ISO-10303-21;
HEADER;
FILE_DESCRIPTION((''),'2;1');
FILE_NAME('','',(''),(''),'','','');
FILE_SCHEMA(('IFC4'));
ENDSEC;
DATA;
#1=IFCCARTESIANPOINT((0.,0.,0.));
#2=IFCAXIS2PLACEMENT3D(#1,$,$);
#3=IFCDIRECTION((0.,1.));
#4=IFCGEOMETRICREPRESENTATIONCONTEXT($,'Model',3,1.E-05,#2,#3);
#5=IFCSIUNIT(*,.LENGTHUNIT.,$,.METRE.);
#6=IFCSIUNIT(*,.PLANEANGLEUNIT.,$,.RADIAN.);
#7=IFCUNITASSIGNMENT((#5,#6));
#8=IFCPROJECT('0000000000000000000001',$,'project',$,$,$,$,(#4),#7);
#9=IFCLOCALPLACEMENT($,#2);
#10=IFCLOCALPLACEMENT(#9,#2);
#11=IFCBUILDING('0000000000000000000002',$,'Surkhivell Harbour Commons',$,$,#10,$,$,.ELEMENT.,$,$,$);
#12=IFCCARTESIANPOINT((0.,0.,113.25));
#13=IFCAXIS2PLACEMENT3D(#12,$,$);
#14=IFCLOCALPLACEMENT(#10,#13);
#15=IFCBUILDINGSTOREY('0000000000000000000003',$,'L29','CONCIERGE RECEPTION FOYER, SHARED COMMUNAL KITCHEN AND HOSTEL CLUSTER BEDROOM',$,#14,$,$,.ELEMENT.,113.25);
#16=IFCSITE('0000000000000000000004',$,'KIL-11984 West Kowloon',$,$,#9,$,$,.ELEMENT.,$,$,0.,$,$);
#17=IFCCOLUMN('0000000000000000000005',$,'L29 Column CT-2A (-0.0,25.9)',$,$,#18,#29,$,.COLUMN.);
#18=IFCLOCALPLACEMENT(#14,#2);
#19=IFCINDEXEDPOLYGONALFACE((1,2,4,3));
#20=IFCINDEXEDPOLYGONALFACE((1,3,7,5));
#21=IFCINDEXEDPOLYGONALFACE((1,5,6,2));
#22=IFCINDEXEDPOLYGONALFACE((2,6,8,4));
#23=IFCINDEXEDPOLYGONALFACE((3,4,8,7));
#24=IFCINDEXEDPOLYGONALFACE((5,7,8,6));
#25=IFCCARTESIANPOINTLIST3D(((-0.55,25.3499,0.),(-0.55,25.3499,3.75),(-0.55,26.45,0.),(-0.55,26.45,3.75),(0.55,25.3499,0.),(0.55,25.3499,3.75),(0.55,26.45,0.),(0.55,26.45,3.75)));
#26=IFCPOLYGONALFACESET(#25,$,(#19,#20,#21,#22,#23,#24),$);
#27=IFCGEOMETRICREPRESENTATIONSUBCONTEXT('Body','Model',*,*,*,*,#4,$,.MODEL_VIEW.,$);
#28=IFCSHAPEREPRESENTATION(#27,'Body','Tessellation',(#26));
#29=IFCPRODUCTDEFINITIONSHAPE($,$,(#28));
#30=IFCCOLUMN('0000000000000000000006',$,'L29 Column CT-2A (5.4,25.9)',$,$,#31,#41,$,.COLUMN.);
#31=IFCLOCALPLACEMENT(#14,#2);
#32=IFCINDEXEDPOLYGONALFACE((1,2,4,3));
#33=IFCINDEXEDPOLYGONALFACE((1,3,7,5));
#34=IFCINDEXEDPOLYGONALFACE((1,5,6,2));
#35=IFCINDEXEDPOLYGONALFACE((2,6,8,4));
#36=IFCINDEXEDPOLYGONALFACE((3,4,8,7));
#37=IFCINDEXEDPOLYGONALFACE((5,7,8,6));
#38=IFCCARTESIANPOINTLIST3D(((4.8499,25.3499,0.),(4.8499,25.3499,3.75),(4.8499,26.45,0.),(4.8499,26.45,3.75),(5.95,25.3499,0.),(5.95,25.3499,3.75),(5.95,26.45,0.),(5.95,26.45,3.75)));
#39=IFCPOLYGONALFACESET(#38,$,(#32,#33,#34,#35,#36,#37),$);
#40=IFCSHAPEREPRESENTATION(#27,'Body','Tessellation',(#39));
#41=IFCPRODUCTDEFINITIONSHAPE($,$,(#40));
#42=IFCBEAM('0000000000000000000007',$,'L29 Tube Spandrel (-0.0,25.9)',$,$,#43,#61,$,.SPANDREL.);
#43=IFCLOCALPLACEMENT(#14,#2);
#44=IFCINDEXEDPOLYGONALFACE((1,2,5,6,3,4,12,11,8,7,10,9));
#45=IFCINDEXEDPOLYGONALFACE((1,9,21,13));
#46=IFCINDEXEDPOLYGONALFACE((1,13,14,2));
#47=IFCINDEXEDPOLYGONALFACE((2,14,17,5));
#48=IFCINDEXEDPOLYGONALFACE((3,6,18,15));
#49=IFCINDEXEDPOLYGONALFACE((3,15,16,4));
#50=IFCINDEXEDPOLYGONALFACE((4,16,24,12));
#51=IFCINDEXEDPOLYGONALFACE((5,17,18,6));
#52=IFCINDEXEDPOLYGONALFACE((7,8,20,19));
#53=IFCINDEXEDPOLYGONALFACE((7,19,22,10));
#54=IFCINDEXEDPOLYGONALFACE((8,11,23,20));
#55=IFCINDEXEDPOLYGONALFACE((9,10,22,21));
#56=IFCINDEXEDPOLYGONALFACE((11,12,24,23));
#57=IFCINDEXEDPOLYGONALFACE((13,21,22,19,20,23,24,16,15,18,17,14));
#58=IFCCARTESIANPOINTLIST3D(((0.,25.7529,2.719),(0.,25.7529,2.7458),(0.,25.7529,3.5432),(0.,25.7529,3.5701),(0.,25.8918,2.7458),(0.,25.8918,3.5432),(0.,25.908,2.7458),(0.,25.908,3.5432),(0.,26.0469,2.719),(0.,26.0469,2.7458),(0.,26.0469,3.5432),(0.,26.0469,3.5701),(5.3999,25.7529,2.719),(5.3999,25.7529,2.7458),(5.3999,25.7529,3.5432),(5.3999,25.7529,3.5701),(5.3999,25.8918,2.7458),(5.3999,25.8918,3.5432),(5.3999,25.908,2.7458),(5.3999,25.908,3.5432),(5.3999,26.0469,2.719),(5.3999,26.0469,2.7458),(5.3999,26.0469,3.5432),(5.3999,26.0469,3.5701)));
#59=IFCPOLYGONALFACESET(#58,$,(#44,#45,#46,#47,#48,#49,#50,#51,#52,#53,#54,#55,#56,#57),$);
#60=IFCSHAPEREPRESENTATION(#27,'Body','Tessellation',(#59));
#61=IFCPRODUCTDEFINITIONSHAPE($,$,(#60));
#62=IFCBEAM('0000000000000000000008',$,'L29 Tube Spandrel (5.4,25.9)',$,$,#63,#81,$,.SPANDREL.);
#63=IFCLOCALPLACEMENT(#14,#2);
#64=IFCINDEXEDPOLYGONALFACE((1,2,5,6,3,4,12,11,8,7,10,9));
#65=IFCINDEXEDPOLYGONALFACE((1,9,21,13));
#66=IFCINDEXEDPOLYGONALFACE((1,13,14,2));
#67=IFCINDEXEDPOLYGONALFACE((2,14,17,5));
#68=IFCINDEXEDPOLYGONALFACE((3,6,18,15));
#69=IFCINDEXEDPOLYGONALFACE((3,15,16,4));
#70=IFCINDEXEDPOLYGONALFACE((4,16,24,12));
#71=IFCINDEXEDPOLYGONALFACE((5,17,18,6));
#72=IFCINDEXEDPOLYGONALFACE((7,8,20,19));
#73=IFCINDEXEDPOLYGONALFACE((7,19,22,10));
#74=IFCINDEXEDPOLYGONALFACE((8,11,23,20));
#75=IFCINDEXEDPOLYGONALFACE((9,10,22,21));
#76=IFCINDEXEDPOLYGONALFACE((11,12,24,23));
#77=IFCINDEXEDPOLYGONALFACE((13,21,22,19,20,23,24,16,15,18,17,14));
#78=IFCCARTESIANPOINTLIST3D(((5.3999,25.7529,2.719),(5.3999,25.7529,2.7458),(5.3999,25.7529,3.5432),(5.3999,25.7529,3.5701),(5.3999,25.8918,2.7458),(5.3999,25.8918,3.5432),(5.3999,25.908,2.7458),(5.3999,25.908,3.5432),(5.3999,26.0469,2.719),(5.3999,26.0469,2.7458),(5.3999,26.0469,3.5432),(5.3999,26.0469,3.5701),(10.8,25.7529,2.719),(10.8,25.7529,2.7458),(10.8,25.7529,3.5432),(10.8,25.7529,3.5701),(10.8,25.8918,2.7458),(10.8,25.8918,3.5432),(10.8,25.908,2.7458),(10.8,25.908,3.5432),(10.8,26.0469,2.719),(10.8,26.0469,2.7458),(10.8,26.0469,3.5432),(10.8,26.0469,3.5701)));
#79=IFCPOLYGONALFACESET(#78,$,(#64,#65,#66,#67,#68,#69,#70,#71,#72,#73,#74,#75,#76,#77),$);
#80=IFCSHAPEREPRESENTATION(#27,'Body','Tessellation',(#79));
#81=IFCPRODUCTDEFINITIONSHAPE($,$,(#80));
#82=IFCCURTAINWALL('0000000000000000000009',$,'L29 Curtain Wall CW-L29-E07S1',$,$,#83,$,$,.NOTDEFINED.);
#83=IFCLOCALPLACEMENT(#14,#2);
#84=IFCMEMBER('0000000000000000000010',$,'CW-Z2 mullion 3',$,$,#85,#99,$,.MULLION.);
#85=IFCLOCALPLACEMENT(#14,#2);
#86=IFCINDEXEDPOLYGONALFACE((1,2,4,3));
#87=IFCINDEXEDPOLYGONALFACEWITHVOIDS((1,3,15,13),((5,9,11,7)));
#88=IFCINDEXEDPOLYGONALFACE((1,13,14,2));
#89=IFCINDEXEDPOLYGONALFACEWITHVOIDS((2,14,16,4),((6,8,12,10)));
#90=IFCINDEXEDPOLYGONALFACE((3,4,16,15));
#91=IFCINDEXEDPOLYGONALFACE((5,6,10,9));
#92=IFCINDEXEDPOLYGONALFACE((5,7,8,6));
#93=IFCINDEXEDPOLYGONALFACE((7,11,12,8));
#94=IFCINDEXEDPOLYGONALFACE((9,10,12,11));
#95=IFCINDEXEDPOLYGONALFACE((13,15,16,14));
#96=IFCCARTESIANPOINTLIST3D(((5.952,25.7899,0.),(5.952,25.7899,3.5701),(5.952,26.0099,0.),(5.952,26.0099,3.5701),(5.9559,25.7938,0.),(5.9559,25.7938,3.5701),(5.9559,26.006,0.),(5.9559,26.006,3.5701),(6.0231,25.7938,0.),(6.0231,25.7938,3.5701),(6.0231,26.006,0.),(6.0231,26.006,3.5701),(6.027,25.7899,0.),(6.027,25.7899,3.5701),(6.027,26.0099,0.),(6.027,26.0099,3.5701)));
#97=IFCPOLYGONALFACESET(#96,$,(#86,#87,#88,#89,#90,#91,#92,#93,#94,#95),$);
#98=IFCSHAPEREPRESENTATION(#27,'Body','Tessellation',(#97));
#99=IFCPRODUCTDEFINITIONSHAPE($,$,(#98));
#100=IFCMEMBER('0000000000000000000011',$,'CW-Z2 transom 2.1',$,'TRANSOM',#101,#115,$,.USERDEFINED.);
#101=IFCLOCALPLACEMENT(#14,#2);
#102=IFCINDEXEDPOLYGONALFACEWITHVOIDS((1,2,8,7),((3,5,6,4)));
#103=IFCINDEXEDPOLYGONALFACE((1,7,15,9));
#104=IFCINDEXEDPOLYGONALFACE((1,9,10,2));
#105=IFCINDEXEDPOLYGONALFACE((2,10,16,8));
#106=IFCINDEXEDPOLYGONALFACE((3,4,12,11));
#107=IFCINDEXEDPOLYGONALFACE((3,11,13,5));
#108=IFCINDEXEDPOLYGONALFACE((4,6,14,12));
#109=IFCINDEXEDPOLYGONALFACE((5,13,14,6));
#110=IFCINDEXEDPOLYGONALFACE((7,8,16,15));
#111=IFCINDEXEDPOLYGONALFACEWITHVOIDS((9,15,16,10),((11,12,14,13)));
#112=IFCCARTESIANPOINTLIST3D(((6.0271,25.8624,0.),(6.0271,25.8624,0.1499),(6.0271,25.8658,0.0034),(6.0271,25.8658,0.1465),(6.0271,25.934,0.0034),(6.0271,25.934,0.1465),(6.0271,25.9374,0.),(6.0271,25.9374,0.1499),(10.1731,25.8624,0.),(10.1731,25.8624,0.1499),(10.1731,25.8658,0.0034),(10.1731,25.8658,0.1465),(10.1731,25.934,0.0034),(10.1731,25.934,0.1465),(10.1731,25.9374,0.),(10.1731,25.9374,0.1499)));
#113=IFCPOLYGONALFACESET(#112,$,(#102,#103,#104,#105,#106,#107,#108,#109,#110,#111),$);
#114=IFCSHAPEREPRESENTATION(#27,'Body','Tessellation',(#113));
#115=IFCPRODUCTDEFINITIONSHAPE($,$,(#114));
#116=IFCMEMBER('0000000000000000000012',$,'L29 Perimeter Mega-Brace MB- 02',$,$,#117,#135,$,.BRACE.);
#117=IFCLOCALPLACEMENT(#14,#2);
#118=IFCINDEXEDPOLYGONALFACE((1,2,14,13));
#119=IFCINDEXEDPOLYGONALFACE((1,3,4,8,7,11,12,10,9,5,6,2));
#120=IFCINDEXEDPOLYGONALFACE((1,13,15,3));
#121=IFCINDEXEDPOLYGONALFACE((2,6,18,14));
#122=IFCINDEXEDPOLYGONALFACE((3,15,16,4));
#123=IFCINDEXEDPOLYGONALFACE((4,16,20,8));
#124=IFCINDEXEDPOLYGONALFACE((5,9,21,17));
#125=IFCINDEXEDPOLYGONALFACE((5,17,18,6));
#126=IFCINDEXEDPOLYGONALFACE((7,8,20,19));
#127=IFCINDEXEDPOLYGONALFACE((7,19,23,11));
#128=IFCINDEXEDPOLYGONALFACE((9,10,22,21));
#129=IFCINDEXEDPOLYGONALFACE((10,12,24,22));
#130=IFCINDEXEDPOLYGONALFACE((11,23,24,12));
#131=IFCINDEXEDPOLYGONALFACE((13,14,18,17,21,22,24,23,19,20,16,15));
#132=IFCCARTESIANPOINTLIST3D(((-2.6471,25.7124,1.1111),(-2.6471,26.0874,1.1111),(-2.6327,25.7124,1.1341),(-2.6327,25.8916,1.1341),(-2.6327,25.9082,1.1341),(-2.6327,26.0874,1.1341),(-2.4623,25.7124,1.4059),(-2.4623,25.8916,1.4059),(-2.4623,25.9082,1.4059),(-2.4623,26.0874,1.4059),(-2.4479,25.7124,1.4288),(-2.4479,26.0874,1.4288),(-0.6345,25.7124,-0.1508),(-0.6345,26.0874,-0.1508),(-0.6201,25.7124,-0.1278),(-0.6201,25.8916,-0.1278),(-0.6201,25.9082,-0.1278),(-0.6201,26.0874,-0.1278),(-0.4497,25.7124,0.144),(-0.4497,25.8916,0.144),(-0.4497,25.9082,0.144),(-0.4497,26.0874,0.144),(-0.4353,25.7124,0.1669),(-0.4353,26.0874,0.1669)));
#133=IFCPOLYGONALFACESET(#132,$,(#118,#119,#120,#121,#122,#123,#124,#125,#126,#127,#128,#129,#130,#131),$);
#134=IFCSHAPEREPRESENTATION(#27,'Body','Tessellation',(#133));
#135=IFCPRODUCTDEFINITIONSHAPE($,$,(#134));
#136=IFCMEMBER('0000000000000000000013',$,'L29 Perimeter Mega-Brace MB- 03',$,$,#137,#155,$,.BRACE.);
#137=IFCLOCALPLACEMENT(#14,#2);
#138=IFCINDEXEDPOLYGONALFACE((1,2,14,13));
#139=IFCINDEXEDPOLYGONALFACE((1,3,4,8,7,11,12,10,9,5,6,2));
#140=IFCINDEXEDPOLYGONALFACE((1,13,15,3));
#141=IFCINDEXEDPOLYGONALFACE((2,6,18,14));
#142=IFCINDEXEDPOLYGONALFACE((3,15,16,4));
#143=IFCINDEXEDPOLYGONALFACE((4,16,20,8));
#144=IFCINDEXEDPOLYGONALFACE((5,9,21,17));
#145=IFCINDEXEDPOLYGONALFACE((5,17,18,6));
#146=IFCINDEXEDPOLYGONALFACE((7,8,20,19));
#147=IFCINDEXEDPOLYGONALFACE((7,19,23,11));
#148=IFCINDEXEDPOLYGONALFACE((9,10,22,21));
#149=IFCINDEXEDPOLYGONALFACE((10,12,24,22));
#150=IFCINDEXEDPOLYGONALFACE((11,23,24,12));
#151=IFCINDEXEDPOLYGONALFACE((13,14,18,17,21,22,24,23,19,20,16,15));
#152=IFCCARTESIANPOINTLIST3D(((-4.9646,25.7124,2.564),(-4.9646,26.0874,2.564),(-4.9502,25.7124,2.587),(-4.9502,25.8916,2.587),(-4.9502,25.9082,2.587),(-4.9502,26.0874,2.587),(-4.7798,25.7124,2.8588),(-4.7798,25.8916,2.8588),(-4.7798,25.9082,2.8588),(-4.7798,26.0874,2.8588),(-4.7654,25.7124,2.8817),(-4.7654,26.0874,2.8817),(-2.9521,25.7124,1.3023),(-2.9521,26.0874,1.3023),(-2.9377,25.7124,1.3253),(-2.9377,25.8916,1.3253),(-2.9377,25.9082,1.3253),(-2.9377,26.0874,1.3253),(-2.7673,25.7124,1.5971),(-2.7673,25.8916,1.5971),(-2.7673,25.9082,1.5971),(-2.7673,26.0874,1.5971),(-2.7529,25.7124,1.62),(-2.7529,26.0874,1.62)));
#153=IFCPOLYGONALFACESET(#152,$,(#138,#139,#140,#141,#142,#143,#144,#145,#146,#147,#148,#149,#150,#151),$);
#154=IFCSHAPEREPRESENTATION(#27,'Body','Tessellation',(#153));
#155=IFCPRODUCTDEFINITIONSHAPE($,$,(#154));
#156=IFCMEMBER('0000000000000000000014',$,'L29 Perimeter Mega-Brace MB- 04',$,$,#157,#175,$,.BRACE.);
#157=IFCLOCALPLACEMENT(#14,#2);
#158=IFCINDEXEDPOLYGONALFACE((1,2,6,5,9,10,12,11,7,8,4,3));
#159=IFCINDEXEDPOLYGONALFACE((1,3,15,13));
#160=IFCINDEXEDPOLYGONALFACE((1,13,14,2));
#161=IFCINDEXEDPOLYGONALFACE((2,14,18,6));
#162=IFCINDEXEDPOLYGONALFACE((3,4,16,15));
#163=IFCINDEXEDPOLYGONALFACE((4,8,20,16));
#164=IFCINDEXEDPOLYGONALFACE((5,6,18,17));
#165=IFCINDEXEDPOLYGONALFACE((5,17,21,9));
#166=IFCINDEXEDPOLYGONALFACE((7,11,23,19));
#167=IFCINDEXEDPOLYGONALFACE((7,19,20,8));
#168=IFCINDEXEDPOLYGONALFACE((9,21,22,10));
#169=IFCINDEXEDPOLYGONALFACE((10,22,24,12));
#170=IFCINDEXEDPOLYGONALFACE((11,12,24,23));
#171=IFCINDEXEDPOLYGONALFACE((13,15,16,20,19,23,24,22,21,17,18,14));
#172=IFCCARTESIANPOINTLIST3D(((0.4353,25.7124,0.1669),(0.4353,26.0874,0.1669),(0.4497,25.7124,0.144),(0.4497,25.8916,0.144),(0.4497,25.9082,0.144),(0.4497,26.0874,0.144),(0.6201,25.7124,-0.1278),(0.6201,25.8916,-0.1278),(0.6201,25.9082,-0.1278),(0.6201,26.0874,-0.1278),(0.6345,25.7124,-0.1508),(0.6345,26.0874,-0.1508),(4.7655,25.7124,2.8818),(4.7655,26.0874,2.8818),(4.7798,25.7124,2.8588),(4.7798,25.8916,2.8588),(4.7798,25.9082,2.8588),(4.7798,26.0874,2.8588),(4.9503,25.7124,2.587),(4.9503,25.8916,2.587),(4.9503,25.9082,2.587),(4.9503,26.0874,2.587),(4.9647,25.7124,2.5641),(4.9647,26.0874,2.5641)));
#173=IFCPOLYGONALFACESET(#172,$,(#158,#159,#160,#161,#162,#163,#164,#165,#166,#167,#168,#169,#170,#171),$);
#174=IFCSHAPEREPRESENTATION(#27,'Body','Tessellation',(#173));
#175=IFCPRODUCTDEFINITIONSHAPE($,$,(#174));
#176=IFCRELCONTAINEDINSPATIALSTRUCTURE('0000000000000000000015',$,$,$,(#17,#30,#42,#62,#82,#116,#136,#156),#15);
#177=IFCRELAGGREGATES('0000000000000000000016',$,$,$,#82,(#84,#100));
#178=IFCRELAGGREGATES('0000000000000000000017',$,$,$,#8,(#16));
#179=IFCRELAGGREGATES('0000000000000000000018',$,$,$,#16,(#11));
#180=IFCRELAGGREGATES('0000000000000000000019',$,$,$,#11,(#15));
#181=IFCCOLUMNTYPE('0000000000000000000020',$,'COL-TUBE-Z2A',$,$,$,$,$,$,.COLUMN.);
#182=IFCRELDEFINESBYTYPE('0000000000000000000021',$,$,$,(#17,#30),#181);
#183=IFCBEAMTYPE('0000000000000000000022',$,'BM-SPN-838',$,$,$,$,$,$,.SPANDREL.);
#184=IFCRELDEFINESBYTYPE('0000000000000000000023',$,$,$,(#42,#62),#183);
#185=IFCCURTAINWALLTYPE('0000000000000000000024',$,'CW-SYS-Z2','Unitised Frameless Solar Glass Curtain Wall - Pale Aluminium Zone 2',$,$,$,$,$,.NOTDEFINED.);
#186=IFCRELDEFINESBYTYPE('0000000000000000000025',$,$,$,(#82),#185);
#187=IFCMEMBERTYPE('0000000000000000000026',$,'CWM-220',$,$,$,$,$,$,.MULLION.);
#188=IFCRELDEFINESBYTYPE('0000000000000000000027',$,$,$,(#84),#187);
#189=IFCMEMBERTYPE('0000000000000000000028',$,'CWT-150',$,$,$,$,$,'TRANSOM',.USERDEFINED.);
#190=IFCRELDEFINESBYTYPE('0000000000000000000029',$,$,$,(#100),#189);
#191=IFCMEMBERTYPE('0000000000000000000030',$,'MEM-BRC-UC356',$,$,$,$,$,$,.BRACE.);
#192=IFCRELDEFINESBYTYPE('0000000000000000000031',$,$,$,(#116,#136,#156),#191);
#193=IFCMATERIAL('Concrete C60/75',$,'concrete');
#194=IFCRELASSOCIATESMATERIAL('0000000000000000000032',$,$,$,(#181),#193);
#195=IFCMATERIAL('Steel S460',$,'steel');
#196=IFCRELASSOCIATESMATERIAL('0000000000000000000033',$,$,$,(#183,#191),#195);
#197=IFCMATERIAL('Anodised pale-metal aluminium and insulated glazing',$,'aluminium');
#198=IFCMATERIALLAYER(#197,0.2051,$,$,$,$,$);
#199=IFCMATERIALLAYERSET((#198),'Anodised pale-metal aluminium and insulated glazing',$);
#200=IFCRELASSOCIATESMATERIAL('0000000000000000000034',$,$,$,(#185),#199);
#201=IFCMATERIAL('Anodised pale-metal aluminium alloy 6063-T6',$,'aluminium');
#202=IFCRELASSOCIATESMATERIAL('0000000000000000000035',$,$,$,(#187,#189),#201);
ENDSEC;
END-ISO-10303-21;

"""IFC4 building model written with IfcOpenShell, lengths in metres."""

from ifc_helpers import new_model, si_unit, direction, frame, origin, origin_2d, place, context, subcontext, project, spatial, rectangle, hollow_rectangle, i_section, extrude, material, layer, layer_set, material_profile, profile_set, type_object, element, aggregate, save


model = new_model("IFC4")

# Units and contexts
model_context = context("Model", 3, precision=1e-05, world=origin(), true_north=direction((0.0, 1.0)))
body_context = subcontext(model_context, "Body", "Model", "MODEL_VIEW")
ifc_project = project(units=[si_unit("LENGTHUNIT", "METRE"), si_unit("PLANEANGLEUNIT", "RADIAN")], contexts=[model_context])

# Site, building, storey
site_placement = place(None, origin())
site = spatial("IfcSite", under=ifc_project, at=site_placement, Name="KIL-11984 West Kowloon", CompositionType="ELEMENT", RefElevation=0.0)
building_placement = place(site_placement, origin())
building = spatial("IfcBuilding", under=site, at=building_placement, Name="Surkhivell Harbour Commons", CompositionType="ELEMENT")
storey_placement = place(building_placement, frame((0.0, 0.0, 113.25)))
storey = spatial("IfcBuildingStorey", under=building, at=storey_placement, Name="L29", Description="CONCIERGE RECEPTION FOYER, SHARED COMMUNAL KITCHEN AND HOSTEL CLUSTER BEDROOM", CompositionType="ELEMENT", Elevation=113.25)

# Columns
ifc_material_1 = material(Name="Concrete C60/75", Category="concrete")
ifc_material_profile_1 = material_profile(ifc_material_1, rectangle(XDim=1.1001, YDim=1.1001, at=origin_2d()), Name="RC-COL-1100x1100")
ifc_profile_set_1 = profile_set([ifc_material_profile_1], Name="Concrete C60/75")
column_type = type_object("IfcColumnType", Name="COL-TUBE-Z2A", PredefinedType="COLUMN", material=ifc_profile_set_1)
for number, where, z_axis, x_axis, name in (
    (1, (0.0, 25.8999, 0.0), (0.0, 0.0, 1.0), (1.0, 0.0, 0.0), "L29 Column CT-2A (-0.0,25.9)"),
    (2, (5.3999, 25.8999, 0.0), (0.0, 0.0, 1.0), (1.0, 0.0, 0.0), "L29 Column CT-2A (5.4,25.9)"),
):
    element("IfcColumn", number, at=place(storey_placement, frame(where, z_axis=z_axis, x_axis=x_axis)), inside=storey, type_object=column_type, Name=name, PredefinedType="COLUMN", context=body_context, shape_type="SweptSolid", body=[
        extrude(rectangle(XDim=1.1001, YDim=1.1001, at=origin_2d()), origin(), (0.0, 0.0, 1.0), 3.75),
    ])

# Beams
ifc_material_2 = material(Name="Steel S460", Category="steel")
ifc_material_profile_2 = material_profile(ifc_material_2, i_section(OverallWidth=0.2939, OverallDepth=0.8511, WebThickness=0.0161, FlangeThickness=0.0269, at=origin_2d()), Name="UB838x292x226")
ifc_profile_set_2 = profile_set([ifc_material_profile_2], Name="Steel S460")
beam_type = type_object("IfcBeamType", Name="BM-SPN-838", PredefinedType="SPANDREL", material=ifc_profile_set_2)
beam_1_placement = place(storey_placement, frame((0.0, 25.8999, 3.1445), z_axis=(1.0, 0.0, 0.0), x_axis=(0.0, 1.0, 0.0)))
element("IfcBeam", 3, at=beam_1_placement, inside=storey, type_object=beam_type, Name="L29 Tube Spandrel (-0.0,25.9)", PredefinedType="SPANDREL", context=body_context, shape_type="SweptSolid", body=[
    extrude(i_section(OverallWidth=0.2939, OverallDepth=0.8511, WebThickness=0.0161, FlangeThickness=0.0269, at=origin_2d()), origin(), (0.0, 0.0, 1.0), 5.3999),
])
beam_2_placement = place(storey_placement, frame((5.3999, 25.8999, 3.1445), z_axis=(1.0, 0.0, 0.0), x_axis=(0.0, 1.0, 0.0)))
element("IfcBeam", 4, at=beam_2_placement, inside=storey, type_object=beam_type, Name="L29 Tube Spandrel (5.4,25.9)", PredefinedType="SPANDREL", context=body_context, shape_type="SweptSolid", body=[
    extrude(i_section(OverallWidth=0.2939, OverallDepth=0.8511, WebThickness=0.0161, FlangeThickness=0.0269, at=origin_2d()), origin(), (0.0, 0.0, 1.0), 5.4001),
])

# Curtain wall, members
ifc_material_3 = material(Name="Anodised pale-metal aluminium and insulated glazing", Category="aluminium")
ifc_layer_1 = layer(ifc_material_3, 0.2051)
ifc_layer_set_1 = layer_set([ifc_layer_1], Name="Anodised pale-metal aluminium and insulated glazing")
curtain_wall_type = type_object("IfcCurtainWallType", Name="CW-SYS-Z2", Description="Unitised Frameless Solar Glass Curtain Wall - Pale Aluminium Zone 2", PredefinedType="NOTDEFINED", material=ifc_layer_set_1)
curtain_wall_placement = place(storey_placement, origin())
curtain_wall = element("IfcCurtainWall", 5, at=curtain_wall_placement, inside=storey, type_object=curtain_wall_type, Name="L29 Curtain Wall CW-L29-E07S1", PredefinedType="NOTDEFINED")
ifc_material_4 = material(Name="Anodised pale-metal aluminium alloy 6063-T6", Category="aluminium")
ifc_material_profile_3 = material_profile(ifc_material_4, hollow_rectangle(XDim=0.075, YDim=0.22, WallThickness=0.0039, at=origin_2d()), Name="ALU-MULL-75x220")
ifc_profile_set_3 = profile_set([ifc_material_profile_3], Name="Anodised pale-metal aluminium alloy 6063-T6")
member_type_1 = type_object("IfcMemberType", Name="CWM-220", PredefinedType="MULLION", material=ifc_profile_set_3)
member_1_placement = place(storey_placement, frame((5.9895, 25.8999, 0.0), z_axis=(0.0, 0.0, 1.0), x_axis=(-1.0, 0.0, 0.0)))
member_1 = element("IfcMember", 6, at=member_1_placement, type_object=member_type_1, Name="CW-Z2 mullion 3", PredefinedType="MULLION", context=body_context, shape_type="SweptSolid", body=[
    extrude(hollow_rectangle(XDim=0.075, YDim=0.22, WallThickness=0.0039, at=origin_2d()), origin(), (0.0, 0.0, 1.0), 3.5701),
])
ifc_material_profile_4 = material_profile(ifc_material_4, hollow_rectangle(XDim=0.075, YDim=0.1499, WallThickness=0.0034, at=origin_2d()), Name="ALU-TRAN-75x150")
ifc_profile_set_4 = profile_set([ifc_material_profile_4], Name="Anodised pale-metal aluminium alloy 6063-T6")
member_type_2 = type_object("IfcMemberType", Name="CWT-150", ElementType="TRANSOM", PredefinedType="USERDEFINED", material=ifc_profile_set_4)
member_2_placement = place(storey_placement, frame((10.1731, 25.8999, 0.075), z_axis=(-1.0, 0.0, 0.0), x_axis=(0.0, -1.0, 0.0)))
member_2 = element("IfcMember", 7, at=member_2_placement, type_object=member_type_2, Name="CW-Z2 transom 2.1", ObjectType="TRANSOM", PredefinedType="USERDEFINED", context=body_context, shape_type="SweptSolid", body=[
    extrude(hollow_rectangle(XDim=0.075, YDim=0.1499, WallThickness=0.0034, at=origin_2d()), origin(), (0.0, 0.0, 1.0), 4.146),
])
aggregate(curtain_wall, [member_1, member_2])

# Members
ifc_material_profile_5 = material_profile(ifc_material_2, i_section(OverallWidth=0.375, OverallDepth=0.375, WebThickness=0.0166, FlangeThickness=0.0271, at=origin_2d()), Name="UC356x368x202")
ifc_profile_set_5 = profile_set([ifc_material_profile_5], Name="Steel S460")
member_type_3 = type_object("IfcMemberType", Name="MEM-BRC-UC356", PredefinedType="BRACE", material=ifc_profile_set_5)
member_3_placement = place(storey_placement, frame((-0.5349, 25.8999, 0.0081), z_axis=(-0.847235, 0.0, 0.531218), x_axis=(0.0, -1.0, 0.0)))
element("IfcMember", 8, at=member_3_placement, inside=storey, type_object=member_type_3, Name="L29 Perimeter Mega-Brace MB- 02", PredefinedType="BRACE", context=body_context, shape_type="SweptSolid", body=[
    extrude(i_section(OverallWidth=0.375, OverallDepth=0.375, WebThickness=0.0166, FlangeThickness=0.0271, at=origin_2d()), origin(), (0.0, 0.0, 1.0), 2.3755),
])
member_4_placement = place(storey_placement, frame((-2.8525, 25.8999, 1.4612), z_axis=(-0.847253, 0.0, 0.53119), x_axis=(0.0, -1.0, 0.0)))
element("IfcMember", 9, at=member_4_placement, inside=storey, type_object=member_type_3, Name="L29 Perimeter Mega-Brace MB- 03", PredefinedType="BRACE", context=body_context, shape_type="SweptSolid", body=[
    extrude(i_section(OverallWidth=0.375, OverallDepth=0.375, WebThickness=0.0166, FlangeThickness=0.0271, at=origin_2d()), origin(), (0.0, 0.0, 1.0), 2.3752),
])
member_5_placement = place(storey_placement, frame((0.5349, 25.8999, 0.0081), z_axis=(0.847246, 0.0, 0.531201), x_axis=(0.0, 1.0, 0.0)))
element("IfcMember", 10, at=member_5_placement, inside=storey, type_object=member_type_3, Name="L29 Perimeter Mega-Brace MB- 04", PredefinedType="BRACE", context=body_context, shape_type="SweptSolid", body=[
    extrude(i_section(OverallWidth=0.375, OverallDepth=0.375, WebThickness=0.0166, FlangeThickness=0.0271, at=origin_2d()), origin(), (0.0, 0.0, 1.0), 5.1108),
])

save(model, "model.ifc")
